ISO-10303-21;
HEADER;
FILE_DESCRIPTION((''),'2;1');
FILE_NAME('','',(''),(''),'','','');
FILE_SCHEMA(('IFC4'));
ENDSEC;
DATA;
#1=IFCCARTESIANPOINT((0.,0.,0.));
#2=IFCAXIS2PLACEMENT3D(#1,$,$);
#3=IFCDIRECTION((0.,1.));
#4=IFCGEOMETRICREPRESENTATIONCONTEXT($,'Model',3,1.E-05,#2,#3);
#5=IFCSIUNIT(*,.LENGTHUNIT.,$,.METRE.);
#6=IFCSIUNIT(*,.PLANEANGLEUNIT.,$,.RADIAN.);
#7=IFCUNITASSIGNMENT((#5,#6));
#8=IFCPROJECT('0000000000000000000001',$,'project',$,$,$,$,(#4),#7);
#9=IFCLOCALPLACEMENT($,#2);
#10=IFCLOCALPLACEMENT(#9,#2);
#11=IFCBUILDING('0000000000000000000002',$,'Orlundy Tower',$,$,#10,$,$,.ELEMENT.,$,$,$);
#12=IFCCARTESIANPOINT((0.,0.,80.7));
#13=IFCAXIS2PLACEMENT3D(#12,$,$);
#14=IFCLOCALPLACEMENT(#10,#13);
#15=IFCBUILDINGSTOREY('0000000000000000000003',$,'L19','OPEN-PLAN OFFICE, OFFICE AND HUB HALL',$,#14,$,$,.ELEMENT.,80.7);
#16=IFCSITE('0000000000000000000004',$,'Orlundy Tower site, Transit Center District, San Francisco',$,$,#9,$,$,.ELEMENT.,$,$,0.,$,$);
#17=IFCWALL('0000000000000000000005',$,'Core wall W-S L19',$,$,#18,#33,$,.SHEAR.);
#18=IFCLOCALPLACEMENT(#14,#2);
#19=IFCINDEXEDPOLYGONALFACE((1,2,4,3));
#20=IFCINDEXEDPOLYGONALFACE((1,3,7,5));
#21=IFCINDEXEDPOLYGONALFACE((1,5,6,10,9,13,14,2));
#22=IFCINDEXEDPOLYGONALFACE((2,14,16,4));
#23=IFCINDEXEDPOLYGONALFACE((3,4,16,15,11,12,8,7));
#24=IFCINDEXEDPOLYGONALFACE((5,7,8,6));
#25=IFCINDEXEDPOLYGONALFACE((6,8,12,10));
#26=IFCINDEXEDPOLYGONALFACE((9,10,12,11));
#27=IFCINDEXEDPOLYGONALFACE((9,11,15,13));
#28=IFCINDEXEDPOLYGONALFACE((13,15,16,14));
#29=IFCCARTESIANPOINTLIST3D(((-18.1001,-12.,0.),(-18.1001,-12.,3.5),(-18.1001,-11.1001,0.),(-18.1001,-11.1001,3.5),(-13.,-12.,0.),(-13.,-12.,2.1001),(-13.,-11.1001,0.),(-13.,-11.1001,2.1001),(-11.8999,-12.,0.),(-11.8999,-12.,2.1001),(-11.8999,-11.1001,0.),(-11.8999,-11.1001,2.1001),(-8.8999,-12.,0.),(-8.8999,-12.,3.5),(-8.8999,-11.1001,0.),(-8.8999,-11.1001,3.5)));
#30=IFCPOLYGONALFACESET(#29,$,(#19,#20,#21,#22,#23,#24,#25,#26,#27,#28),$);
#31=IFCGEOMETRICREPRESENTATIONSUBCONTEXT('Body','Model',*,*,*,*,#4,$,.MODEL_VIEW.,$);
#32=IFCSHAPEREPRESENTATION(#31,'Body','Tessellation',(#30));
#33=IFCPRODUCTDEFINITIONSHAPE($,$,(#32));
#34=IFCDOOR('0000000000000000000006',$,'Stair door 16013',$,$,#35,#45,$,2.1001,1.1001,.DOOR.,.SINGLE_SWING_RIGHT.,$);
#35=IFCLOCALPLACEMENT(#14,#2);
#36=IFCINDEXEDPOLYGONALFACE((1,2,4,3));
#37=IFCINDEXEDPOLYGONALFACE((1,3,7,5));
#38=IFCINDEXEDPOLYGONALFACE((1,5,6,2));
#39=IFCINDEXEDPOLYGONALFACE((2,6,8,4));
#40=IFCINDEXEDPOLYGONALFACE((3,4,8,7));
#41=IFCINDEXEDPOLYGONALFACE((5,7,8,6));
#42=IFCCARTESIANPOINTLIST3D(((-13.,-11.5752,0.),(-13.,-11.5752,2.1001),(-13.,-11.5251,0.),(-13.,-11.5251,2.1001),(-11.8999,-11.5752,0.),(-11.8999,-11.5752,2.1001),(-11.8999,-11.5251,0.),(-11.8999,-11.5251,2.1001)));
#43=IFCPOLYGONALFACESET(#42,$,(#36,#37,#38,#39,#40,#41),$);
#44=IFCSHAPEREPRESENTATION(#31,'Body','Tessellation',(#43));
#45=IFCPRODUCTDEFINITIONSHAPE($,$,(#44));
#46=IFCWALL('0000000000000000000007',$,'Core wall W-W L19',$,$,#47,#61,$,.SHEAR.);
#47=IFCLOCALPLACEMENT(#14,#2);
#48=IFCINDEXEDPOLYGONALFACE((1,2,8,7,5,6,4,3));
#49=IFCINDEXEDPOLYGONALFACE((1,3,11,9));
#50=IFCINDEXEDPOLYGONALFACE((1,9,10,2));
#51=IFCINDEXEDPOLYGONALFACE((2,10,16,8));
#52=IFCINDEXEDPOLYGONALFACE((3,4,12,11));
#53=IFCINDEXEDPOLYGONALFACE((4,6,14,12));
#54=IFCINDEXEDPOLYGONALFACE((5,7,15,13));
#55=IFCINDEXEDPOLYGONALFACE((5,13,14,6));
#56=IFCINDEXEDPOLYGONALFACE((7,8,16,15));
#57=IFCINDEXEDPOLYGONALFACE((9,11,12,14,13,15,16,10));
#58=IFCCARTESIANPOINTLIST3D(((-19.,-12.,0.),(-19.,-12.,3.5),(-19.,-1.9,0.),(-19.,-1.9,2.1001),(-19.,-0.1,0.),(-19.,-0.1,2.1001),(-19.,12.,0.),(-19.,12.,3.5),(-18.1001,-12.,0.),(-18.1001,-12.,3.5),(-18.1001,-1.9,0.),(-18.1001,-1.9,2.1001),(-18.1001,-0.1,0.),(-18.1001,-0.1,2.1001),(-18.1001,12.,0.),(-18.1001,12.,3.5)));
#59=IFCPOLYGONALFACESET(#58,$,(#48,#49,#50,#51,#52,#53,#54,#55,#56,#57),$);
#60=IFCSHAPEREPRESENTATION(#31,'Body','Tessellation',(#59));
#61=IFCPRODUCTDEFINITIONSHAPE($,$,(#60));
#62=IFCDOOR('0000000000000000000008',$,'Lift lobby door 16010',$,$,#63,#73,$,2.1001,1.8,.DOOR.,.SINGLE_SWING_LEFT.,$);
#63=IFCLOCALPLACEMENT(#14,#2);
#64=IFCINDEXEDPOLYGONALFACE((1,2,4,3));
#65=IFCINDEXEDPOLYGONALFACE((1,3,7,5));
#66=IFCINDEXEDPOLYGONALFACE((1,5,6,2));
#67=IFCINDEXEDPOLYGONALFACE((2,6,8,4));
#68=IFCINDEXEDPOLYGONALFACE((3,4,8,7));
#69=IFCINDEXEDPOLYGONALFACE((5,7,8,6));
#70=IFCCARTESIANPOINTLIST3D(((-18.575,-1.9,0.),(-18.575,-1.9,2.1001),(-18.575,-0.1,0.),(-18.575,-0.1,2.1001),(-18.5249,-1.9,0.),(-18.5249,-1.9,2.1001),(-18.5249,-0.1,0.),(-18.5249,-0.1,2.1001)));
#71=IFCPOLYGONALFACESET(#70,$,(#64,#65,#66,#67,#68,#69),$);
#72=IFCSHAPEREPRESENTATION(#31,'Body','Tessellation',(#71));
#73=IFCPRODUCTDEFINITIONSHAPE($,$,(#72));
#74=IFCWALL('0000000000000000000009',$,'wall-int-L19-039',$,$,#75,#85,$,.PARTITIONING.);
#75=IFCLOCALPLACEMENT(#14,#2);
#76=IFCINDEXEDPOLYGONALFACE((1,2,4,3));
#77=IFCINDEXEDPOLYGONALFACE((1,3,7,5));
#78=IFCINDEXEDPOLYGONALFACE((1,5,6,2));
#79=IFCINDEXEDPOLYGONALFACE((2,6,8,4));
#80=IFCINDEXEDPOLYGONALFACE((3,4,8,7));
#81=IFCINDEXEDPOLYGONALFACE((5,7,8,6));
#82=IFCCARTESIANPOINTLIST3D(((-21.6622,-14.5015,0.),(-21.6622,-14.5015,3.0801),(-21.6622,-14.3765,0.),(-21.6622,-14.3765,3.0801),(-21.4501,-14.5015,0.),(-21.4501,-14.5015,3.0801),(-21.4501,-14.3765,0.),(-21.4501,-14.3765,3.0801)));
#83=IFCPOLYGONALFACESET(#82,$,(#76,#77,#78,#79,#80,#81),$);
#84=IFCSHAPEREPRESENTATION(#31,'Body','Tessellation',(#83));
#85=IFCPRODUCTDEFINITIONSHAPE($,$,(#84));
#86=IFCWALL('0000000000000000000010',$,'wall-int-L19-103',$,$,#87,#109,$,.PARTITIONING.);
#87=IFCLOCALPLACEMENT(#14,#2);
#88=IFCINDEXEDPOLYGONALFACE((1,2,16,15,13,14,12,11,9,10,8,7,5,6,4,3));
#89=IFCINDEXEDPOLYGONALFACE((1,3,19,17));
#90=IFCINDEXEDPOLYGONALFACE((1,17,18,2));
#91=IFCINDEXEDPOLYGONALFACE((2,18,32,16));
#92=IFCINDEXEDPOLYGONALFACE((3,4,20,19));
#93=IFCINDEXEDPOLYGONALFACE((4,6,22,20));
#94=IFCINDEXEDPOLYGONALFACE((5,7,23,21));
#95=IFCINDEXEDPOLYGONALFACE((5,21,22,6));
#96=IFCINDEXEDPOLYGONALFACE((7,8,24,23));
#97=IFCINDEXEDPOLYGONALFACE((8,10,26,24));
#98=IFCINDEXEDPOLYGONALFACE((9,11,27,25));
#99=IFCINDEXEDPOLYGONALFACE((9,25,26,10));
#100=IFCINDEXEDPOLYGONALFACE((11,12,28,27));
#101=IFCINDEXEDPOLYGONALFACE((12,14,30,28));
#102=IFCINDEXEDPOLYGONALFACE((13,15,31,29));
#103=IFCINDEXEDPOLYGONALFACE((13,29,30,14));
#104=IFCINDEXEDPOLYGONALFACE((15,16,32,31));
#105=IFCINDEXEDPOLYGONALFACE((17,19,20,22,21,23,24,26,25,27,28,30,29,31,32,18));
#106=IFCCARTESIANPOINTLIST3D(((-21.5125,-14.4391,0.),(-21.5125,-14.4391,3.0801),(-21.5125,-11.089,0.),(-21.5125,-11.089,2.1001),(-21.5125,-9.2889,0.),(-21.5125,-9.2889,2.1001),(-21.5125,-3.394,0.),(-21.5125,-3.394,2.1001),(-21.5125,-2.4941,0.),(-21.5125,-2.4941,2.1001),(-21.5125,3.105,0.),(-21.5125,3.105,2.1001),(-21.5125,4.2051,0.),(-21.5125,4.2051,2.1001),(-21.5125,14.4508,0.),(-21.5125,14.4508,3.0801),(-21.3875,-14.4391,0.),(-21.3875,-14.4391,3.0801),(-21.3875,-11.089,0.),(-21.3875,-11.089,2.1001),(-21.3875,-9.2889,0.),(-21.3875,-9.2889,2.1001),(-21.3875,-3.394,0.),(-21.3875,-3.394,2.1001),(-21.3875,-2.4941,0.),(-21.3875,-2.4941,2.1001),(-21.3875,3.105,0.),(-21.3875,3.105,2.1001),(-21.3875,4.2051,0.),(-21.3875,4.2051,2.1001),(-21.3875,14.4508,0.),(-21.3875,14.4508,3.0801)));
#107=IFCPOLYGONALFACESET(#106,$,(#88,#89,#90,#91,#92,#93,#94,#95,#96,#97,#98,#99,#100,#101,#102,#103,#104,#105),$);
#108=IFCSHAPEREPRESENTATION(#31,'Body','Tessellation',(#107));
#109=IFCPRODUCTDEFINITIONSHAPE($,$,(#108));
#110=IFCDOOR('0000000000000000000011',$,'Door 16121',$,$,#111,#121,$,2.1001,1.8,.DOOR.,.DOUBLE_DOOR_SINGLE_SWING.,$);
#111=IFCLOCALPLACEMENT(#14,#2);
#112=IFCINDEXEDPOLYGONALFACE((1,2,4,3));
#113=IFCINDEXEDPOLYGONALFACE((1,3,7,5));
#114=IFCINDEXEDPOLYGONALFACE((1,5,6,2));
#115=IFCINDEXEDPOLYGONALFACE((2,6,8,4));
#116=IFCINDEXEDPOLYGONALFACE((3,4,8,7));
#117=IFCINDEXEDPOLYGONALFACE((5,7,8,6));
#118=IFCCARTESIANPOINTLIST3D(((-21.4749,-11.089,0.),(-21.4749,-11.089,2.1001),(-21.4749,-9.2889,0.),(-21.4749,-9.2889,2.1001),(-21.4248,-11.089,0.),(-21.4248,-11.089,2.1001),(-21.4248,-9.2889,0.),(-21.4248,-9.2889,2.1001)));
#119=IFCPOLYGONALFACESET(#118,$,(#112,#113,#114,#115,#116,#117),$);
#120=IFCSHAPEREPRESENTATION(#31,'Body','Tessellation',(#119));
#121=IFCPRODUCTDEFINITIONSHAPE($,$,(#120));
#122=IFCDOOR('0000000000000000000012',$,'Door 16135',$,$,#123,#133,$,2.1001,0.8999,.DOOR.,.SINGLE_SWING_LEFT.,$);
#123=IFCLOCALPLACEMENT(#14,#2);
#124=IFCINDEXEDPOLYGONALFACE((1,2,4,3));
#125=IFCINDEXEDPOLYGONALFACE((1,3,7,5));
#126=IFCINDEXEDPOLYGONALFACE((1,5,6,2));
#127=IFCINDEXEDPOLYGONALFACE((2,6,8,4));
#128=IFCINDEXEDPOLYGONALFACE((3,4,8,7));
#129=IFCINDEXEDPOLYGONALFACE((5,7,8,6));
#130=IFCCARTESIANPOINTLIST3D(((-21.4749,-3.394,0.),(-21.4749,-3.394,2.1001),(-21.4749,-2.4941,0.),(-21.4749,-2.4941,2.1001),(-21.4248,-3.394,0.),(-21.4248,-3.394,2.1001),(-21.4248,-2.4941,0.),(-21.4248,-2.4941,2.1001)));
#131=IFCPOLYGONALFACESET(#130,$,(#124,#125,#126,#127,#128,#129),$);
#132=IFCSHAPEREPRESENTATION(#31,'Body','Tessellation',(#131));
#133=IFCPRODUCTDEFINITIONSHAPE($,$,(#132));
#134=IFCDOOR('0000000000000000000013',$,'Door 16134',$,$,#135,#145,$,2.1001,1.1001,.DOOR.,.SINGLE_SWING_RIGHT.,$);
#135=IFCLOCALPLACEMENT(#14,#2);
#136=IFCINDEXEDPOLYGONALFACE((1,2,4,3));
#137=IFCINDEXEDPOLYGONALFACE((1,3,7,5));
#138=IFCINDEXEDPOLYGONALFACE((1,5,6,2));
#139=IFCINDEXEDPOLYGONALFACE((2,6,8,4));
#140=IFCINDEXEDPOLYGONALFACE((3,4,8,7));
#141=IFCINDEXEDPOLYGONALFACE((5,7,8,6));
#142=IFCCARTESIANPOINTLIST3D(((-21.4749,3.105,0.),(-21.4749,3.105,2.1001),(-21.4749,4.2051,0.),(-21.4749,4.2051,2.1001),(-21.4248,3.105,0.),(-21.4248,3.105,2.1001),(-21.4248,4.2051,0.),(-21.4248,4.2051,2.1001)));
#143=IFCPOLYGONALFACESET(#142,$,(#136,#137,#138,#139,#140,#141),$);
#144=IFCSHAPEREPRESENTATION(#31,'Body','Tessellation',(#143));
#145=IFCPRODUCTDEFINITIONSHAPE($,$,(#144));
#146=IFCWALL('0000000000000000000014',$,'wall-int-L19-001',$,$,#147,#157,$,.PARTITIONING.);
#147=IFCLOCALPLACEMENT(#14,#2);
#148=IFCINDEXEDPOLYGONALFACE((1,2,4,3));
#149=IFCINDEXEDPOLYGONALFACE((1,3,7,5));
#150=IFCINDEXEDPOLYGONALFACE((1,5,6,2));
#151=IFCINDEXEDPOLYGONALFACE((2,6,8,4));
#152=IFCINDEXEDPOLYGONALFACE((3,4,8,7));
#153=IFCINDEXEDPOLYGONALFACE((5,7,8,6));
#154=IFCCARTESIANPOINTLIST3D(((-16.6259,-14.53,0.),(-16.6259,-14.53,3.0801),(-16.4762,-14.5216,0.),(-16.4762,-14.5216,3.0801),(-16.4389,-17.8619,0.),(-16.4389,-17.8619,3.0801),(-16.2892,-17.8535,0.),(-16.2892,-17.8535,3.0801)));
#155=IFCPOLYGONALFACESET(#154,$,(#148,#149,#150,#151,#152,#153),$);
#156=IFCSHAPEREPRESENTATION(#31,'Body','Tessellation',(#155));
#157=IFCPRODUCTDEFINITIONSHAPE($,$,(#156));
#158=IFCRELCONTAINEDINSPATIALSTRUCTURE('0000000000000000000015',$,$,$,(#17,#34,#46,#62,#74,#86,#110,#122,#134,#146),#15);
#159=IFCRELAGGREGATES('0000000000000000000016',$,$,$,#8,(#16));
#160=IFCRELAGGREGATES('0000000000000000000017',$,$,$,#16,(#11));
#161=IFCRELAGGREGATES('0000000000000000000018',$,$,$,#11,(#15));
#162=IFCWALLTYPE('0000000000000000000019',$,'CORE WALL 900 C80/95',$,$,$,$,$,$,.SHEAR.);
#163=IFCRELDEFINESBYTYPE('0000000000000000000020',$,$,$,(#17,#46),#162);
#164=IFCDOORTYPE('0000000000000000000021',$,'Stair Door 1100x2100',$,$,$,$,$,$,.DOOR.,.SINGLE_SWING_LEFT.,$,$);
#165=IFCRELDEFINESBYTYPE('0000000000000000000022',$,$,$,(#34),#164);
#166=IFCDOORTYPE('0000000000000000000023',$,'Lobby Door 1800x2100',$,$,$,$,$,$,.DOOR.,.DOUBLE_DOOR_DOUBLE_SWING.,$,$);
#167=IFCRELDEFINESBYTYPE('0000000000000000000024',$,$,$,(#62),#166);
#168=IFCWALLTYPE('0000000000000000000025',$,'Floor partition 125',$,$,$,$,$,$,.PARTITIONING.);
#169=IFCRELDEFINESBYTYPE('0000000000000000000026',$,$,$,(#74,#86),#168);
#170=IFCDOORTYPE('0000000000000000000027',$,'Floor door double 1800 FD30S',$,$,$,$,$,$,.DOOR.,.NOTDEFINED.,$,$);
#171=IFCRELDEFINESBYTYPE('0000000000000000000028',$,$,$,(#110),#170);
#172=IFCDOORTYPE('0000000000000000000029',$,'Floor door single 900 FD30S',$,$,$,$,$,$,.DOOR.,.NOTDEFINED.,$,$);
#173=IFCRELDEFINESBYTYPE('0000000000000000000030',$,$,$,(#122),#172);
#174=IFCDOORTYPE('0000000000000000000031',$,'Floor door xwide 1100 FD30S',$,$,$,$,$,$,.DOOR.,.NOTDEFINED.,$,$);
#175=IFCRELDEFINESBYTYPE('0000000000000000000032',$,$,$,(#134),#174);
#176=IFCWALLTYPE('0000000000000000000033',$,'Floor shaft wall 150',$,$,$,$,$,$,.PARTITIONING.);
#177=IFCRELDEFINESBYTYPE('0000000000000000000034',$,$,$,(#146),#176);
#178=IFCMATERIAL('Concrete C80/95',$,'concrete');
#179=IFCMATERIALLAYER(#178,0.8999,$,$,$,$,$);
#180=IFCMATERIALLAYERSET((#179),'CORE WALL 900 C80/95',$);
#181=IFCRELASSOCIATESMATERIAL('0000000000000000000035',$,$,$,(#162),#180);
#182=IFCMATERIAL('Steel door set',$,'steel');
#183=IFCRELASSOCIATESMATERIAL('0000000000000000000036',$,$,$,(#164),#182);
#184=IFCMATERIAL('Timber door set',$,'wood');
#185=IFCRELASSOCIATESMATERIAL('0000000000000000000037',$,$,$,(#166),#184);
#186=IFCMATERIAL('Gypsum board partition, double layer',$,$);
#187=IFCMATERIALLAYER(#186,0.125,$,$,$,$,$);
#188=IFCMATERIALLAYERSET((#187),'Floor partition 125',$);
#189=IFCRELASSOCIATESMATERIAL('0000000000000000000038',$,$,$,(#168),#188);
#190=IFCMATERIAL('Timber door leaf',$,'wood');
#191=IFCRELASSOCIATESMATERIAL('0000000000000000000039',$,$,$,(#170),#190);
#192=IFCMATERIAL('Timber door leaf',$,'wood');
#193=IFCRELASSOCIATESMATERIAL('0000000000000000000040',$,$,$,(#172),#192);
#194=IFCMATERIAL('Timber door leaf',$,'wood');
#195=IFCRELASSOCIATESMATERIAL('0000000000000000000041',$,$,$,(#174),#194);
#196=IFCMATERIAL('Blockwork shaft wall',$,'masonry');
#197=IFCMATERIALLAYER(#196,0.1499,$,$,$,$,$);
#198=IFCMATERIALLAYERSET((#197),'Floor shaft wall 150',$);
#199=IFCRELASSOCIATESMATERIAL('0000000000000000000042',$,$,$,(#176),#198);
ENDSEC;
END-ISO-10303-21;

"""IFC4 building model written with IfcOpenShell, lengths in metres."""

from ifc_helpers import new_model, si_unit, direction, frame, frame_2d, origin, place, context, subcontext, project, spatial, rectangle, extrude, material, layer, layer_set, type_object, element, fill, save


model = new_model("IFC4")

# Units and contexts
model_context = context("Model", 3, precision=1e-05, world=origin(), true_north=direction((0.0, 1.0)))
body_context = subcontext(model_context, "Body", "Model", "MODEL_VIEW")
ifc_project = project(units=[si_unit("LENGTHUNIT", "METRE"), si_unit("PLANEANGLEUNIT", "RADIAN")], contexts=[model_context])

# Site, building, storey
site_placement = place(None, origin())
site = spatial("IfcSite", under=ifc_project, at=site_placement, Name="Orlundy Tower site, Transit Center District, San Francisco", CompositionType="ELEMENT", RefElevation=0.0)
building_placement = place(site_placement, origin())
building = spatial("IfcBuilding", under=site, at=building_placement, Name="Orlundy Tower", CompositionType="ELEMENT")
storey_placement = place(building_placement, frame((0.0, 0.0, 80.7)))
storey = spatial("IfcBuildingStorey", under=building, at=storey_placement, Name="L19", Description="OPEN-PLAN OFFICE, OFFICE AND HUB HALL", CompositionType="ELEMENT", Elevation=80.7)

# Walls, openings, doors
ifc_material_1 = material(Name="Concrete C80/95", Category="concrete")
ifc_layer_1 = layer(ifc_material_1, 0.8999)
ifc_layer_set_1 = layer_set([ifc_layer_1], Name="CORE WALL 900 C80/95")
wall_type_1 = type_object("IfcWallType", Name="CORE WALL 900 C80/95", PredefinedType="SHEAR", material=ifc_layer_set_1)
wall_1_placement = place(storey_placement, frame((-18.1001, -11.55, 0.0), z_axis=(0.0, 0.0, 1.0), x_axis=(1.0, 0.0, 0.0)))
wall_1 = element("IfcWall", 1, at=wall_1_placement, inside=storey, type_object=wall_type_1, Name="Core wall W-S L19", PredefinedType="SHEAR", context=body_context, shape_type="SweptSolid", body=[
    extrude(rectangle(XDim=9.2002, YDim=0.8999, at=frame_2d((4.6001, 0.0))), origin(), (0.0, 0.0, 1.0), 3.5),
])
opening_1_placement = place(wall_1_placement, frame((5.1001, 0.0, 0.0)))
opening_1 = element("IfcOpeningElement", 2, at=opening_1_placement, cuts=wall_1, PredefinedType="OPENING", context=body_context, shape_type="SweptSolid", body=[
    extrude(rectangle(XDim=1.1001, YDim=2.1001, at=frame_2d((0.55, 1.05))), frame((0.0, 0.46, 0.0), z_axis=(0.0, -1.0, 0.0), x_axis=(1.0, 0.0, 0.0)), (0.0, 0.0, 1.0), 0.9199),
])
ifc_material_2 = material(Name="Steel door set", Category="steel")
door_type_1 = type_object("IfcDoorType", Name="Stair Door 1100x2100", OperationType="SINGLE_SWING_LEFT", PredefinedType="DOOR", material=ifc_material_2)
door_1_placement = place(opening_1_placement, origin())
door_1 = element("IfcDoor", 3, at=door_1_placement, inside=storey, type_object=door_type_1, Name="Stair door 16013", OperationType="SINGLE_SWING_RIGHT", OverallHeight=2.1001, OverallWidth=1.1001, PredefinedType="DOOR", context=body_context, shape_type="SweptSolid", body=[
    extrude(rectangle(XDim=1.1001, YDim=2.1001, at=frame_2d((0.55, 1.05))), frame((0.0, 0.0249, 0.0), z_axis=(0.0, -1.0, 0.0), x_axis=(1.0, 0.0, 0.0)), (0.0, 0.0, 1.0), 0.05),
])
fill(opening_1, door_1)
wall_2_placement = place(storey_placement, frame((-18.55, -12.0, 0.0), z_axis=(0.0, 0.0, 1.0), x_axis=(0.0, 1.0, 0.0)))
wall_2 = element("IfcWall", 4, at=wall_2_placement, inside=storey, type_object=wall_type_1, Name="Core wall W-W L19", PredefinedType="SHEAR", context=body_context, shape_type="SweptSolid", body=[
    extrude(rectangle(XDim=24.0, YDim=0.8999, at=frame_2d((12.0, 0.0))), origin(), (0.0, 0.0, 1.0), 3.5),
])
opening_2_placement = place(wall_2_placement, frame((10.1001, 0.0, 0.0)))
opening_2 = element("IfcOpeningElement", 5, at=opening_2_placement, cuts=wall_2, PredefinedType="OPENING", context=body_context, shape_type="SweptSolid", body=[
    extrude(rectangle(XDim=1.8, YDim=2.1001, at=frame_2d((0.8999, 1.05))), frame((0.0, 0.46, 0.0), z_axis=(0.0, -1.0, 0.0), x_axis=(1.0, 0.0, 0.0)), (0.0, 0.0, 1.0), 0.9199),
])
ifc_material_3 = material(Name="Timber door set", Category="wood")
door_type_2 = type_object("IfcDoorType", Name="Lobby Door 1800x2100", OperationType="DOUBLE_DOOR_DOUBLE_SWING", PredefinedType="DOOR", material=ifc_material_3)
door_2_placement = place(opening_2_placement, origin())
door_2 = element("IfcDoor", 6, at=door_2_placement, inside=storey, type_object=door_type_2, Name="Lift lobby door 16010", OperationType="SINGLE_SWING_LEFT", OverallHeight=2.1001, OverallWidth=1.8, PredefinedType="DOOR", context=body_context, shape_type="SweptSolid", body=[
    extrude(rectangle(XDim=1.8, YDim=2.1001, at=frame_2d((0.8999, 1.05))), frame((0.0, 0.0249, 0.0), z_axis=(0.0, -1.0, 0.0), x_axis=(1.0, 0.0, 0.0)), (0.0, 0.0, 1.0), 0.05),
])
fill(opening_2, door_2)

# Wall
ifc_material_4 = material(Name="Gypsum board partition, double layer")
ifc_layer_2 = layer(ifc_material_4, 0.125)
ifc_layer_set_2 = layer_set([ifc_layer_2], Name="Floor partition 125")
wall_type_2 = type_object("IfcWallType", Name="Floor partition 125", PredefinedType="PARTITIONING", material=ifc_layer_set_2)
wall_3_placement = place(storey_placement, frame((-21.6621, -14.439, 0.0), z_axis=(0.0, 0.0, 1.0), x_axis=(1.0, 0.0, 0.0)))
element("IfcWall", 7, at=wall_3_placement, inside=storey, type_object=wall_type_2, Name="wall-int-L19-039", PredefinedType="PARTITIONING", context=body_context, shape_type="SweptSolid", body=[
    extrude(rectangle(XDim=0.2122, YDim=0.125, at=frame_2d((0.106, 0.0))), origin(), (0.0, 0.0, 1.0), 3.0801),
])

# Wall, openings, doors
wall_4_placement = place(storey_placement, frame((-21.45, -14.439, 0.0), z_axis=(0.0, 0.0, 1.0), x_axis=(0.0, 1.0, 0.0)))
wall_4 = element("IfcWall", 8, at=wall_4_placement, inside=storey, type_object=wall_type_2, Name="wall-int-L19-103", PredefinedType="PARTITIONING", context=body_context, shape_type="SweptSolid", body=[
    extrude(rectangle(XDim=28.8899, YDim=0.125, at=frame_2d((14.4448, 0.0))), origin(), (0.0, 0.0, 1.0), 3.0801),
])
opening_3_placement = place(wall_4_placement, frame((3.3501, 0.0, 0.0)))
opening_3 = element("IfcOpeningElement", 9, at=opening_3_placement, cuts=wall_4, PredefinedType="OPENING", context=body_context, shape_type="SweptSolid", body=[
    extrude(rectangle(XDim=1.8, YDim=2.1001, at=frame_2d((0.8999, 1.05))), frame((0.0, 0.0725, 0.0), z_axis=(0.0, -1.0, 0.0), x_axis=(1.0, 0.0, 0.0)), (0.0, 0.0, 1.0), 0.145),
])
opening_4_placement = place(wall_4_placement, frame((17.5439, 0.0, 0.0)))
opening_4 = element("IfcOpeningElement", 10, at=opening_4_placement, cuts=wall_4, PredefinedType="OPENING", context=body_context, shape_type="SweptSolid", body=[
    extrude(rectangle(XDim=1.1001, YDim=2.1001, at=frame_2d((0.55, 1.05))), frame((0.0, 0.0725, 0.0), z_axis=(0.0, -1.0, 0.0), x_axis=(1.0, 0.0, 0.0)), (0.0, 0.0, 1.0), 0.145),
])
opening_5_placement = place(wall_4_placement, frame((11.0449, 0.0, 0.0)))
opening_5 = element("IfcOpeningElement", 11, at=opening_5_placement, cuts=wall_4, PredefinedType="OPENING", context=body_context, shape_type="SweptSolid", body=[
    extrude(rectangle(XDim=0.8999, YDim=2.1001, at=frame_2d((0.45, 1.05))), frame((0.0, 0.0725, 0.0), z_axis=(0.0, -1.0, 0.0), x_axis=(1.0, 0.0, 0.0)), (0.0, 0.0, 1.0), 0.145),
])
ifc_material_5 = material(Name="Timber door leaf", Category="wood")
door_type_3 = type_object("IfcDoorType", Name="Floor door double 1800 FD30S", OperationType="NOTDEFINED", PredefinedType="DOOR", material=ifc_material_5)
door_3_placement = place(opening_3_placement, origin())
door_3 = element("IfcDoor", 12, at=door_3_placement, inside=storey, type_object=door_type_3, Name="Door 16121", OperationType="DOUBLE_DOOR_SINGLE_SWING", OverallHeight=2.1001, OverallWidth=1.8, PredefinedType="DOOR", context=body_context, shape_type="SweptSolid", body=[
    extrude(rectangle(XDim=1.8, YDim=2.1001, at=frame_2d((0.8999, 1.05))), frame((0.0, 0.0249, 0.0), z_axis=(0.0, -1.0, 0.0), x_axis=(1.0, 0.0, 0.0)), (0.0, 0.0, 1.0), 0.05),
])
fill(opening_3, door_3)
ifc_material_6 = material(Name="Timber door leaf", Category="wood")
door_type_4 = type_object("IfcDoorType", Name="Floor door single 900 FD30S", OperationType="NOTDEFINED", PredefinedType="DOOR", material=ifc_material_6)
door_4_placement = place(opening_5_placement, origin())
door_4 = element("IfcDoor", 13, at=door_4_placement, inside=storey, type_object=door_type_4, Name="Door 16135", OperationType="SINGLE_SWING_LEFT", OverallHeight=2.1001, OverallWidth=0.8999, PredefinedType="DOOR", context=body_context, shape_type="SweptSolid", body=[
    extrude(rectangle(XDim=0.8999, YDim=2.1001, at=frame_2d((0.45, 1.05))), frame((0.0, 0.0249, 0.0), z_axis=(0.0, -1.0, 0.0), x_axis=(1.0, 0.0, 0.0)), (0.0, 0.0, 1.0), 0.05),
])
fill(opening_5, door_4)
ifc_material_7 = material(Name="Timber door leaf", Category="wood")
door_type_5 = type_object("IfcDoorType", Name="Floor door xwide 1100 FD30S", OperationType="NOTDEFINED", PredefinedType="DOOR", material=ifc_material_7)
door_5_placement = place(opening_4_placement, origin())
door_5 = element("IfcDoor", 14, at=door_5_placement, inside=storey, type_object=door_type_5, Name="Door 16134", OperationType="SINGLE_SWING_RIGHT", OverallHeight=2.1001, OverallWidth=1.1001, PredefinedType="DOOR", context=body_context, shape_type="SweptSolid", body=[
    extrude(rectangle(XDim=1.1001, YDim=2.1001, at=frame_2d((0.55, 1.05))), frame((0.0, 0.0249, 0.0), z_axis=(0.0, -1.0, 0.0), x_axis=(1.0, 0.0, 0.0)), (0.0, 0.0, 1.0), 0.05),
])
fill(opening_4, door_5)

# Wall
ifc_material_8 = material(Name="Blockwork shaft wall", Category="masonry")
ifc_layer_3 = layer(ifc_material_8, 0.1499)
ifc_layer_set_3 = layer_set([ifc_layer_3], Name="Floor shaft wall 150")
wall_type_3 = type_object("IfcWallType", Name="Floor shaft wall 150", PredefinedType="PARTITIONING", material=ifc_layer_set_3)
wall_5_placement = place(storey_placement, frame((-16.551, -14.5259, 0.0), z_axis=(0.0, 0.0, 1.0), x_axis=(0.056037, -0.998429, 0.0)))
element("IfcWall", 15, at=wall_5_placement, inside=storey, type_object=wall_type_3, Name="wall-int-L19-001", PredefinedType="PARTITIONING", context=body_context, shape_type="SweptSolid", body=[
    extrude(rectangle(XDim=3.3372, YDim=0.1499, at=frame_2d((1.6685, 0.0))), origin(), (0.0, 0.0, 1.0), 3.0801),
])

save(model, "model.ifc")
